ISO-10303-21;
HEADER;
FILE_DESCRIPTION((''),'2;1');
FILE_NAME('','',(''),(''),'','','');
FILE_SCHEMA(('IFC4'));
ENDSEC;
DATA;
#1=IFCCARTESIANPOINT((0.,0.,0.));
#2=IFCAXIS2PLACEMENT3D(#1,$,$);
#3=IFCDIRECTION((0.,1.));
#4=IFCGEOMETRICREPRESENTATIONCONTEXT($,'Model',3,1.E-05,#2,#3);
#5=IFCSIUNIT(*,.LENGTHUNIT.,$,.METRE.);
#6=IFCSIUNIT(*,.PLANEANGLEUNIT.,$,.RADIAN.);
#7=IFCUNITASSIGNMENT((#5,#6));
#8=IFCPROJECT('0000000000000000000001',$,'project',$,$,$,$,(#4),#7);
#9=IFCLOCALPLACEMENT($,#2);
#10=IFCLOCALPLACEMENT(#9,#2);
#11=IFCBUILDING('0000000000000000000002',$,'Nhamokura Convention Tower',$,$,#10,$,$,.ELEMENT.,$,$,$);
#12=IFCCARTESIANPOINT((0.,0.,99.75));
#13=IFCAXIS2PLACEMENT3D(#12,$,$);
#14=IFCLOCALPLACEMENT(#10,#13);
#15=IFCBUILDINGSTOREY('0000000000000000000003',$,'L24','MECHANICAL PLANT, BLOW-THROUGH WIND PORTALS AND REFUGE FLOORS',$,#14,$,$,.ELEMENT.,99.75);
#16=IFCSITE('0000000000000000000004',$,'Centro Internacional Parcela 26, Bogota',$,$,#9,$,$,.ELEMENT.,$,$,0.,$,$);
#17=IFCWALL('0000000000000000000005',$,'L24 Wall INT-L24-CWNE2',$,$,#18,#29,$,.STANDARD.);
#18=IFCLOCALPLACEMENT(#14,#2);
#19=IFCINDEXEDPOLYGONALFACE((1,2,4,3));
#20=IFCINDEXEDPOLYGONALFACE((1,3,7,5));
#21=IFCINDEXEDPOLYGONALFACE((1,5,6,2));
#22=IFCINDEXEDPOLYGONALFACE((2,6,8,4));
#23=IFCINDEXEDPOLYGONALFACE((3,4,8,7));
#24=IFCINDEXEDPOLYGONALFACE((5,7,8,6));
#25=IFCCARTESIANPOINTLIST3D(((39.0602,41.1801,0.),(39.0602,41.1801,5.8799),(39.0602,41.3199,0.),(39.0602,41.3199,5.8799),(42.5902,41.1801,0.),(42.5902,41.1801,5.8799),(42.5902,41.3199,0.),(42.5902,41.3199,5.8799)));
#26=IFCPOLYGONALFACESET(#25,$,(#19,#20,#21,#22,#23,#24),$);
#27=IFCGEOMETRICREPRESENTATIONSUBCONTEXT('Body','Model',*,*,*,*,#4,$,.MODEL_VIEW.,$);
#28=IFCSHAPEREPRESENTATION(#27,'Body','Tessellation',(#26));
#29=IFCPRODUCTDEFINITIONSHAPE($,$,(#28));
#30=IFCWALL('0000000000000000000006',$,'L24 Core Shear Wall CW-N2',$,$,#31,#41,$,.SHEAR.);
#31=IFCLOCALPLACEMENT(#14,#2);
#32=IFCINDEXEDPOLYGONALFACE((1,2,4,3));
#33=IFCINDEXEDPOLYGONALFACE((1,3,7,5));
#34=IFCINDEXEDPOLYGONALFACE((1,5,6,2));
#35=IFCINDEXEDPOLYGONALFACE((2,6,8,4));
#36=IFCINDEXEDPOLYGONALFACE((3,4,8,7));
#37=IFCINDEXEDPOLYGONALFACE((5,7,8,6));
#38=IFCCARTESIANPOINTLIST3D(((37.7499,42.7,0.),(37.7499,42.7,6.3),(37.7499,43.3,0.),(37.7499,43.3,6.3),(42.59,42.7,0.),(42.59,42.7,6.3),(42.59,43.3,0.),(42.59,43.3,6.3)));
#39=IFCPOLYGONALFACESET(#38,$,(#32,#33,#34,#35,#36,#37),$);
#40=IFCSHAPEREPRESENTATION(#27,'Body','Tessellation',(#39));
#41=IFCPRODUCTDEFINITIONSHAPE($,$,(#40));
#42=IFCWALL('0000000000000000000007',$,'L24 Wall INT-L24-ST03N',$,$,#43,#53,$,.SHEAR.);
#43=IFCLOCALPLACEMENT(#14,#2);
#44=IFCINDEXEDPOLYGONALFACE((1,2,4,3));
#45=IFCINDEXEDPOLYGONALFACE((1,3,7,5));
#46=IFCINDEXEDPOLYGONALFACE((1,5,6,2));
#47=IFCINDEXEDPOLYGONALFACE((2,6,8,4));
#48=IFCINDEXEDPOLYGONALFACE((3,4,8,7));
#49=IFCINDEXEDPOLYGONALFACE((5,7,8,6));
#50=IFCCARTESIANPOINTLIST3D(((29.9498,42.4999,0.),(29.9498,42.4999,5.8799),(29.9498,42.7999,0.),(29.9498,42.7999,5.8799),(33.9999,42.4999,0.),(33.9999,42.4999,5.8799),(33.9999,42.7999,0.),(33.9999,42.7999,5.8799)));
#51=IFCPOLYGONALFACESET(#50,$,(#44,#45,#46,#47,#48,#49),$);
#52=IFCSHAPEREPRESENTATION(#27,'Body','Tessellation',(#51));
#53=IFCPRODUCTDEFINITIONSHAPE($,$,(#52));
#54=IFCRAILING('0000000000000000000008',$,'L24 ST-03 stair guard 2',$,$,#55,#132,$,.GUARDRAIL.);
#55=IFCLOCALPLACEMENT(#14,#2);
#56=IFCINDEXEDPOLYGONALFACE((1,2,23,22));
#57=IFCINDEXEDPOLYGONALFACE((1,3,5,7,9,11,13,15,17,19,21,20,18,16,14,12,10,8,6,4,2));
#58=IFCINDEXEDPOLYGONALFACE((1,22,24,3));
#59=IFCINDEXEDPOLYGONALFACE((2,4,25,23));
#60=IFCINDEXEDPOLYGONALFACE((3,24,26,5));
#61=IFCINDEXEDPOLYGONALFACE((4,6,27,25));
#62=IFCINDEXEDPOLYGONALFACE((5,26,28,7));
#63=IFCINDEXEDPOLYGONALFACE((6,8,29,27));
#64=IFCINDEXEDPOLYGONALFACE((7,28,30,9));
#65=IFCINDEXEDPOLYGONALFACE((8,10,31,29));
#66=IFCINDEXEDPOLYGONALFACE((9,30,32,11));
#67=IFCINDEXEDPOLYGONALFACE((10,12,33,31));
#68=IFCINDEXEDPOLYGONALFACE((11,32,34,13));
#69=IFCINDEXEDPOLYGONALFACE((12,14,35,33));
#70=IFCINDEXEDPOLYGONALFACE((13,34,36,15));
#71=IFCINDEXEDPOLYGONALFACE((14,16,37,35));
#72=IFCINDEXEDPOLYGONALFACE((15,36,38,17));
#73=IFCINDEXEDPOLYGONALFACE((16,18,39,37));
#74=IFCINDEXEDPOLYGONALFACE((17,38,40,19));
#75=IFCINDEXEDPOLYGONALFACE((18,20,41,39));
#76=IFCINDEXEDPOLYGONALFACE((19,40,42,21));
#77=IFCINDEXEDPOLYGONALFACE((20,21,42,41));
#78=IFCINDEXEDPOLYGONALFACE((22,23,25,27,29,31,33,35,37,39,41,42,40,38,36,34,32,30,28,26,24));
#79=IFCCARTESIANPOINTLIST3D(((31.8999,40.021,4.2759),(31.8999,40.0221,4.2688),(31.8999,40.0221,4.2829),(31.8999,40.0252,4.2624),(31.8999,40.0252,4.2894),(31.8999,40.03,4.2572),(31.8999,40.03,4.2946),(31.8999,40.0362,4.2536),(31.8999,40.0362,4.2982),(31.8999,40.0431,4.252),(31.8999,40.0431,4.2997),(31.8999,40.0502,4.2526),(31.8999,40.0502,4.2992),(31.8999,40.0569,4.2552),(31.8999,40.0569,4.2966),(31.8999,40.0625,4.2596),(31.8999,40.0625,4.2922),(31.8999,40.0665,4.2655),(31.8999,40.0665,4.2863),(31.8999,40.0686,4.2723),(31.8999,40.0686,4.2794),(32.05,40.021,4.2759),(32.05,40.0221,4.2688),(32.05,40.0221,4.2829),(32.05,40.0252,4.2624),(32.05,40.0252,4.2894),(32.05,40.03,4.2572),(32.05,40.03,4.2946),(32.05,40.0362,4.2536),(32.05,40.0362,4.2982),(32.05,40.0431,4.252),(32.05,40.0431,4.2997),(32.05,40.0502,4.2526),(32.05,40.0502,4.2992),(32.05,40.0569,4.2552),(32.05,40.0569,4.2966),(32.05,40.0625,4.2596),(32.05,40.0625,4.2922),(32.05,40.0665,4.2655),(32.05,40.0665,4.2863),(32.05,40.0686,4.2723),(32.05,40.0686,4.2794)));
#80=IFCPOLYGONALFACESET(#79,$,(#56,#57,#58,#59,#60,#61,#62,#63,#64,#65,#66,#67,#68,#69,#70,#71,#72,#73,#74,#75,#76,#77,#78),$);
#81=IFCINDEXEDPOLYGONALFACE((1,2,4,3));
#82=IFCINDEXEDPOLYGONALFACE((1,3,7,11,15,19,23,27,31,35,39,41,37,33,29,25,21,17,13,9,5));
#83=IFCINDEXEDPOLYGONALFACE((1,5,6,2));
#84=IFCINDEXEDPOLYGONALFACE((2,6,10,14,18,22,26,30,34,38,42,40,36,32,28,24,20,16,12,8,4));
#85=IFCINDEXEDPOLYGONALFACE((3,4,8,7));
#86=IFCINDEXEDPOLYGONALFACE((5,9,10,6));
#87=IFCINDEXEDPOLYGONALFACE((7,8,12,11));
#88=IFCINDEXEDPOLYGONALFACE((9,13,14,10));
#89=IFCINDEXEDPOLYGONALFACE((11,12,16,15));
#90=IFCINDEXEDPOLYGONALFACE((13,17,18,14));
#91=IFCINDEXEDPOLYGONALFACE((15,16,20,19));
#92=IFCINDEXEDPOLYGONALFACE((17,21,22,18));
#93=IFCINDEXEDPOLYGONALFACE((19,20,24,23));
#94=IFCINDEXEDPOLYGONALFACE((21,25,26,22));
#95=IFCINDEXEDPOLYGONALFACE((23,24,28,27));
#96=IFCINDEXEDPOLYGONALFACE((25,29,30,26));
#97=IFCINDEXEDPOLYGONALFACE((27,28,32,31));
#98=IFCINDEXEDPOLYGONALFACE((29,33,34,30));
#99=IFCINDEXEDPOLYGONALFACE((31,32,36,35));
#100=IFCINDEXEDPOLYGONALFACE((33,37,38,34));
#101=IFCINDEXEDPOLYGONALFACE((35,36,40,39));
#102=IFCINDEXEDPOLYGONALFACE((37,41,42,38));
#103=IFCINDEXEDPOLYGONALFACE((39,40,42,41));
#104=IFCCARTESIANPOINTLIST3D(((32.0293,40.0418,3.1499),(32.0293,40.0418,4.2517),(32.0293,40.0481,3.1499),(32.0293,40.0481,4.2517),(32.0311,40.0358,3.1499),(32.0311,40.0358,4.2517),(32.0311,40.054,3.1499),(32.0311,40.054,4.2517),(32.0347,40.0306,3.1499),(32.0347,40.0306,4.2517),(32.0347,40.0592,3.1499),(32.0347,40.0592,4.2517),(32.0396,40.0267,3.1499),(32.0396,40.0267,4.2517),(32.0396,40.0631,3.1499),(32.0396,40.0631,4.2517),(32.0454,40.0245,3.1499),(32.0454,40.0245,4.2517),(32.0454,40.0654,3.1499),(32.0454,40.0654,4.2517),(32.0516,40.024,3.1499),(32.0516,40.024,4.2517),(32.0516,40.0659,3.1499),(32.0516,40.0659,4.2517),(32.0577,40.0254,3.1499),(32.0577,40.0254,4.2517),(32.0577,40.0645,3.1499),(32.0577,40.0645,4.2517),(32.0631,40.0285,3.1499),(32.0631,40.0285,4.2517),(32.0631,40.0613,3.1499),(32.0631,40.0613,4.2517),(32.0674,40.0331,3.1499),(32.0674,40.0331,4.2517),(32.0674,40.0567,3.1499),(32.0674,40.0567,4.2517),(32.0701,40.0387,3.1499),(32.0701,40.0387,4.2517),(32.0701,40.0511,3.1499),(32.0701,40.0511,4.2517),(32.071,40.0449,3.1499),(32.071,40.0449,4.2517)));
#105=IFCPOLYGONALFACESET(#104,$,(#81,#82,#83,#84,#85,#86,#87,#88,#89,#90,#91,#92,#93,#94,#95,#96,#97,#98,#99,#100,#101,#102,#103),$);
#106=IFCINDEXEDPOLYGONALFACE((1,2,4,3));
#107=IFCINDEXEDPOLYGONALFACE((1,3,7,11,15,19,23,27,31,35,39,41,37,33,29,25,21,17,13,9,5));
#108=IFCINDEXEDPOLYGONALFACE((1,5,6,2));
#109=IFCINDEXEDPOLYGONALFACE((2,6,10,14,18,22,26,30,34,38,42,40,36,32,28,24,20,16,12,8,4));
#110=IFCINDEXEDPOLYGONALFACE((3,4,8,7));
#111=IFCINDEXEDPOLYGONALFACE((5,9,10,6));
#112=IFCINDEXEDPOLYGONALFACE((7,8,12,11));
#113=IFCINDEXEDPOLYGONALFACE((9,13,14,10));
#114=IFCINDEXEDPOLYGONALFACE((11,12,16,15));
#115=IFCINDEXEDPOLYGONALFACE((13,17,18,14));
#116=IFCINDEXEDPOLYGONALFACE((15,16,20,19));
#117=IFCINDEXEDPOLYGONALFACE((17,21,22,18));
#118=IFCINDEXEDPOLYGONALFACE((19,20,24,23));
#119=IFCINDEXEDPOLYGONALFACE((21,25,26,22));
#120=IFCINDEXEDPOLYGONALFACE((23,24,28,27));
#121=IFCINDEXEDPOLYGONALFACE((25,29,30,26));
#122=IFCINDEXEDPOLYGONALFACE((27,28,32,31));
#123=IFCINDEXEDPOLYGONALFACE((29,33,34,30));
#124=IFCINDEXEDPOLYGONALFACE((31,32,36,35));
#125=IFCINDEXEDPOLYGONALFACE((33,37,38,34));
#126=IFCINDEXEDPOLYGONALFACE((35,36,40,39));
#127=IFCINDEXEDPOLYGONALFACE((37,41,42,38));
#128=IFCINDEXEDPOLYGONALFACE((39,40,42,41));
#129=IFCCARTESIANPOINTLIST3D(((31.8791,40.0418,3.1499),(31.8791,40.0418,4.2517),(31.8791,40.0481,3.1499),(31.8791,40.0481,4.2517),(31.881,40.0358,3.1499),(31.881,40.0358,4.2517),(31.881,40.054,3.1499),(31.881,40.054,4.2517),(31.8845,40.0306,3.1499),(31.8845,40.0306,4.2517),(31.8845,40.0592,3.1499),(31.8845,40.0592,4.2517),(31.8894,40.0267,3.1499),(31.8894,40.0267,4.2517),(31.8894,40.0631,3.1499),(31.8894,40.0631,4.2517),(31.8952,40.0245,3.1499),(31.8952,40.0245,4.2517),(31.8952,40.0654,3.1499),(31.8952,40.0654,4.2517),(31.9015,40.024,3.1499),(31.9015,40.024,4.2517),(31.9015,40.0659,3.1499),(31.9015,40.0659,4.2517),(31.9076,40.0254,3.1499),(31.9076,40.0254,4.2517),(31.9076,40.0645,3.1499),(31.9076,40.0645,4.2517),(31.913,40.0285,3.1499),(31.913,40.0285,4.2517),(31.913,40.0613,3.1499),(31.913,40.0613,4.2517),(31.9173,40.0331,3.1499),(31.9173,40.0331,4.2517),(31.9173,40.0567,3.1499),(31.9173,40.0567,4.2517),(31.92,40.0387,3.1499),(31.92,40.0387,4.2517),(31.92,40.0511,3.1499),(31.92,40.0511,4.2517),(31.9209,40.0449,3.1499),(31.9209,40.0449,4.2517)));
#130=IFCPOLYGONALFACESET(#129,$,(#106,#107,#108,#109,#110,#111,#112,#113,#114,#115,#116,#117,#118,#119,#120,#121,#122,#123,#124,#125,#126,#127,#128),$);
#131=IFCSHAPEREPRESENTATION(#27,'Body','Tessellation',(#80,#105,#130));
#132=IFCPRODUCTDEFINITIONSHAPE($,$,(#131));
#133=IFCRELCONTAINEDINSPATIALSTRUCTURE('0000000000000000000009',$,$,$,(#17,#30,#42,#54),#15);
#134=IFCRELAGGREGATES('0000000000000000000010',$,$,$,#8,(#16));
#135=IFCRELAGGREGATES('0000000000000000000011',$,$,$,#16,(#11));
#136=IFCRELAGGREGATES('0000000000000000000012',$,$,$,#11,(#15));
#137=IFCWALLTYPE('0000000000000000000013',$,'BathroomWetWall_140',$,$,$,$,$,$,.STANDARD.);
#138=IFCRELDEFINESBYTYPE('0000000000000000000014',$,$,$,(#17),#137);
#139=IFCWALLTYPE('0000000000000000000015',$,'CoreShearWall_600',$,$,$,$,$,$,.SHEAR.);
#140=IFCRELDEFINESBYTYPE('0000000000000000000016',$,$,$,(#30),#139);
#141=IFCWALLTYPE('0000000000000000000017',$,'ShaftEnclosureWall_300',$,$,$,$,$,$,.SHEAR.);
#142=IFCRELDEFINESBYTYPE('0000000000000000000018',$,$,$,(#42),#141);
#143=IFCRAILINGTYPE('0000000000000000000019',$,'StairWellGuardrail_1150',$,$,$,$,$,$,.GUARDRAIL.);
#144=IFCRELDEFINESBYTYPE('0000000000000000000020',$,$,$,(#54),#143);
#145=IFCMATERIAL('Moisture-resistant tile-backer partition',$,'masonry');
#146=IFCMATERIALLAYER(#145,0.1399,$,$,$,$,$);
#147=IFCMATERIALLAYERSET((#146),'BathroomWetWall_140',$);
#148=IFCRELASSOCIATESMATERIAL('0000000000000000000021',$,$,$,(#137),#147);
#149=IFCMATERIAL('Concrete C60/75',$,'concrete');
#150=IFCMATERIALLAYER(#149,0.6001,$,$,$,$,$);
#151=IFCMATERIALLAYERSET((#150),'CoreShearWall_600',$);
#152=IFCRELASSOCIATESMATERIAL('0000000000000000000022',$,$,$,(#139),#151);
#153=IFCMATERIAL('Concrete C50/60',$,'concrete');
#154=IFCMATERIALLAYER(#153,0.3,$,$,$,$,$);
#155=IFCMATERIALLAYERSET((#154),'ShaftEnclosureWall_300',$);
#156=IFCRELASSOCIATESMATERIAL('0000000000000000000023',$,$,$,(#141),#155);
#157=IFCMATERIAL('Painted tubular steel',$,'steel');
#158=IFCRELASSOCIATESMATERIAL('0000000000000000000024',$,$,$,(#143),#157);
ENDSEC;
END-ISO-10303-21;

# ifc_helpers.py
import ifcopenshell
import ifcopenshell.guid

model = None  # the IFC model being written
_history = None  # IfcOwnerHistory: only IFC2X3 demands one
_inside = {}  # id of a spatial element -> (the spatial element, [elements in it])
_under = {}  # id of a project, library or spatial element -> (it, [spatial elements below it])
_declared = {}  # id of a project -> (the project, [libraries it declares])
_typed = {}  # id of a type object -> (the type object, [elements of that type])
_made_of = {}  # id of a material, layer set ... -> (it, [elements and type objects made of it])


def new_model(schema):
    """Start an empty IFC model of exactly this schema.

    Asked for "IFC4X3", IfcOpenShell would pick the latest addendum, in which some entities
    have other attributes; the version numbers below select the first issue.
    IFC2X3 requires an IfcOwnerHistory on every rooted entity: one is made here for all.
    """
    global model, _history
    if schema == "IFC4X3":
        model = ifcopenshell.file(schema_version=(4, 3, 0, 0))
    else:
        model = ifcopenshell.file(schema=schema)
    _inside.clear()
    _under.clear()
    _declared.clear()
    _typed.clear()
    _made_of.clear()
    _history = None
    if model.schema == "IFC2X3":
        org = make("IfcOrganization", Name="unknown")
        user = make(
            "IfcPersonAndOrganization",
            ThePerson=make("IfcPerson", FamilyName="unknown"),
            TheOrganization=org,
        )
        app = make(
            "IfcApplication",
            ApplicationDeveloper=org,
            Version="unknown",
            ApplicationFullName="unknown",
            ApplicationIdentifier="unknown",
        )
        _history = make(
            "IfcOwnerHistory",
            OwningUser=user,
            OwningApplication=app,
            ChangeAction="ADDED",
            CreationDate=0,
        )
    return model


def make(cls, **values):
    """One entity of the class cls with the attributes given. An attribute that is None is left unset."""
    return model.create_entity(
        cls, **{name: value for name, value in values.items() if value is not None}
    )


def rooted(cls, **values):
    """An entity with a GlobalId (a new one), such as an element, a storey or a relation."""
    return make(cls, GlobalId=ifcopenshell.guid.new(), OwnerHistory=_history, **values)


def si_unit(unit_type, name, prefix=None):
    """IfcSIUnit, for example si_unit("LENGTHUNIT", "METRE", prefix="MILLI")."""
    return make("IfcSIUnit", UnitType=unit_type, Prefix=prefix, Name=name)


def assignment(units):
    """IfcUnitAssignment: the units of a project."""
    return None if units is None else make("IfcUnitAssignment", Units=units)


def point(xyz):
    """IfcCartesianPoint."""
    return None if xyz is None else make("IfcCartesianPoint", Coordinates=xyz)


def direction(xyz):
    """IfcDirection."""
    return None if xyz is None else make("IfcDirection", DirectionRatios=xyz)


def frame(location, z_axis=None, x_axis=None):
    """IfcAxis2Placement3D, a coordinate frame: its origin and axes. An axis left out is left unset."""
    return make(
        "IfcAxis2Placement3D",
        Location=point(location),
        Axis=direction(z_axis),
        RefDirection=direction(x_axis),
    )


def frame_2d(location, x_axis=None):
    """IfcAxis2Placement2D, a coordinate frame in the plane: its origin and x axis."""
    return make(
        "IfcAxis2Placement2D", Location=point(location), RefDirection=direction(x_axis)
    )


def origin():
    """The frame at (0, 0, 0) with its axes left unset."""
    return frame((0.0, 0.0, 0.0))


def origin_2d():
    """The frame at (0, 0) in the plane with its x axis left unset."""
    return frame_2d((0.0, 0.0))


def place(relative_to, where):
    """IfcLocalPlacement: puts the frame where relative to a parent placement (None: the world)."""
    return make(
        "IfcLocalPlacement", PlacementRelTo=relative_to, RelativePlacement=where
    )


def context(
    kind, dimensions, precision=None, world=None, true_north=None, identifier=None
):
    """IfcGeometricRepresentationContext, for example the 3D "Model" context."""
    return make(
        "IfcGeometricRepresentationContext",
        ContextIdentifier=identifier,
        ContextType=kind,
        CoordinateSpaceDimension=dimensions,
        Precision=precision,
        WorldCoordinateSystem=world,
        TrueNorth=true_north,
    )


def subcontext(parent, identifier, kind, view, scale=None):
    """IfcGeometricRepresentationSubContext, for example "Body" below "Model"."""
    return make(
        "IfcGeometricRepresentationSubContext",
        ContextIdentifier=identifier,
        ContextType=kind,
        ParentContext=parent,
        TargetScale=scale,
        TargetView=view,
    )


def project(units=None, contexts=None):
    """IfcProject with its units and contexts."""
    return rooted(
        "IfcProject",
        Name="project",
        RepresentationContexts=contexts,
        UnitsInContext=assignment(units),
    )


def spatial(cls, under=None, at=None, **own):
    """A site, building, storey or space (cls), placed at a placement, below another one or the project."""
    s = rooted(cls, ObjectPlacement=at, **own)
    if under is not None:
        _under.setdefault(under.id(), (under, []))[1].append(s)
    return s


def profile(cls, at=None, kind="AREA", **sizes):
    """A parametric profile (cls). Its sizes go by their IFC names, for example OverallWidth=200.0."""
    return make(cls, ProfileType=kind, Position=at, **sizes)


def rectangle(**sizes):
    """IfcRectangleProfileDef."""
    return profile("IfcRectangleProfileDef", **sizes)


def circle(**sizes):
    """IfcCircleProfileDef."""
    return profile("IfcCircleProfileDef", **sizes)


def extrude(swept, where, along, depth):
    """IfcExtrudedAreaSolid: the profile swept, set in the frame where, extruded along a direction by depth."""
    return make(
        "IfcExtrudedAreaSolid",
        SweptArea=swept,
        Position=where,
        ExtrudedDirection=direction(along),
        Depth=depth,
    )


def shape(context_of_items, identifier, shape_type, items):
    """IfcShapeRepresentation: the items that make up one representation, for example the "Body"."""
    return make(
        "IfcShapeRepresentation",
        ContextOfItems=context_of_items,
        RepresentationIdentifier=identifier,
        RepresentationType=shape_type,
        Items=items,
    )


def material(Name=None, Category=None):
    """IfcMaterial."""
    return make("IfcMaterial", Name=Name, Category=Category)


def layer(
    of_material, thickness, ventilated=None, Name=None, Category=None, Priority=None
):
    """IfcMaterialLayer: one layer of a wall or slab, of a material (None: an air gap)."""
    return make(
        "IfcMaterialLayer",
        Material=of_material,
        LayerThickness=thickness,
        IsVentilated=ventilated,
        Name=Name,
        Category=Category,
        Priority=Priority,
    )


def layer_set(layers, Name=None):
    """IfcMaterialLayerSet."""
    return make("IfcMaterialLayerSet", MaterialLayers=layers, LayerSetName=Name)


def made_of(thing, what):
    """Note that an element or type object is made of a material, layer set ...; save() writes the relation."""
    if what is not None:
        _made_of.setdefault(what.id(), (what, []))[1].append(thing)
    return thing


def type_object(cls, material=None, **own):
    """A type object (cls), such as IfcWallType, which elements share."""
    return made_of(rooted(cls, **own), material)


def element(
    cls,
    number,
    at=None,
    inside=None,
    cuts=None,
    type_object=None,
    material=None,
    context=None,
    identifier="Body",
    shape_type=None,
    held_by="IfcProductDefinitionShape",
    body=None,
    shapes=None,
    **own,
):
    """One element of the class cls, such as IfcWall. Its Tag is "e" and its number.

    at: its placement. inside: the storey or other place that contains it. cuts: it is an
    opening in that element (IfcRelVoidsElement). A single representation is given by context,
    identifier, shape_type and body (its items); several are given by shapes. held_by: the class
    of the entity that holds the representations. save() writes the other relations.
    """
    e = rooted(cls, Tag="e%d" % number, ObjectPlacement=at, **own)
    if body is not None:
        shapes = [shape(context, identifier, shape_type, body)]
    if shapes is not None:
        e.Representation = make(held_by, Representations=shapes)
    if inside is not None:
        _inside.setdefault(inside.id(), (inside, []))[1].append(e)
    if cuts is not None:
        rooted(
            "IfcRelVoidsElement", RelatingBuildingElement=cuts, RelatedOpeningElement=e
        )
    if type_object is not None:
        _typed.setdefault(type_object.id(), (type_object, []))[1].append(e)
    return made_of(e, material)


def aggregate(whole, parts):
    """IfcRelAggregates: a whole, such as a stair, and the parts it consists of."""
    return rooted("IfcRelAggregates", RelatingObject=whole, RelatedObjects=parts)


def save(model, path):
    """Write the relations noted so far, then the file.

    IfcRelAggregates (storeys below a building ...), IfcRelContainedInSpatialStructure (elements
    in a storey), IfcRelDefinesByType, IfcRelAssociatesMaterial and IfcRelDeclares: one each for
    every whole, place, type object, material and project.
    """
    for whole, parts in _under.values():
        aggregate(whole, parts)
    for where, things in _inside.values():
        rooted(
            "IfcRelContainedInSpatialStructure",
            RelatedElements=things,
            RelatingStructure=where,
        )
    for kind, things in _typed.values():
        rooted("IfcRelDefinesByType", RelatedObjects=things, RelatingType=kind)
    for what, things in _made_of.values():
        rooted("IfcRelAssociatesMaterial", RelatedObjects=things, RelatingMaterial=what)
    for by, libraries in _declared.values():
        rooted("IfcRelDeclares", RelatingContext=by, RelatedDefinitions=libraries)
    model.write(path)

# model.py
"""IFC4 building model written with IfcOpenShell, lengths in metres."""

from ifc_helpers import new_model, si_unit, direction, frame, frame_2d, origin, origin_2d, place, context, subcontext, project, spatial, rectangle, circle, extrude, material, layer, layer_set, type_object, element, save


model = new_model("IFC4")

# Units and contexts
model_context = context("Model", 3, precision=1e-05, world=origin(), true_north=direction((0.0, 1.0)))
body_context = subcontext(model_context, "Body", "Model", "MODEL_VIEW")
ifc_project = project(units=[si_unit("LENGTHUNIT", "METRE"), si_unit("PLANEANGLEUNIT", "RADIAN")], contexts=[model_context])

# Site, building, storey
site_placement = place(None, origin())
site = spatial("IfcSite", under=ifc_project, at=site_placement, Name="Centro Internacional Parcela 26, Bogota", CompositionType="ELEMENT", RefElevation=0.0)
building_placement = place(site_placement, origin())
building = spatial("IfcBuilding", under=site, at=building_placement, Name="Nhamokura Convention Tower", CompositionType="ELEMENT")
storey_placement = place(building_placement, frame((0.0, 0.0, 99.75)))
storey = spatial("IfcBuildingStorey", under=building, at=storey_placement, Name="L24", Description="MECHANICAL PLANT, BLOW-THROUGH WIND PORTALS AND REFUGE FLOORS", CompositionType="ELEMENT", Elevation=99.75)

# Walls
ifc_material_1 = material(Name="Moisture-resistant tile-backer partition", Category="masonry")
ifc_layer_1 = layer(ifc_material_1, 0.1399)
ifc_layer_set_1 = layer_set([ifc_layer_1], Name="BathroomWetWall_140")
wall_type_1 = type_object("IfcWallType", Name="BathroomWetWall_140", PredefinedType="STANDARD", material=ifc_layer_set_1)
wall_1_placement = place(storey_placement, frame((39.0601, 41.25, 0.0), z_axis=(0.0, 0.0, 1.0), x_axis=(1.0, 0.0, 0.0)))
element("IfcWall", 1, at=wall_1_placement, inside=storey, type_object=wall_type_1, Name="L24 Wall INT-L24-CWNE2", PredefinedType="STANDARD", context=body_context, shape_type="SweptSolid", body=[
    extrude(rectangle(XDim=3.53, YDim=0.1399, at=frame_2d((1.7651, 0.0))), origin(), (0.0, 0.0, 1.0), 5.8799),
])
ifc_material_2 = material(Name="Concrete C60/75", Category="concrete")
ifc_layer_2 = layer(ifc_material_2, 0.6001)
ifc_layer_set_2 = layer_set([ifc_layer_2], Name="CoreShearWall_600")
wall_type_2 = type_object("IfcWallType", Name="CoreShearWall_600", PredefinedType="SHEAR", material=ifc_layer_set_2)
wall_2_placement = place(storey_placement, frame((37.75, 43.0, 0.0), z_axis=(0.0, 0.0, 1.0), x_axis=(1.0, 0.0, 0.0)))
element("IfcWall", 2, at=wall_2_placement, inside=storey, type_object=wall_type_2, Name="L24 Core Shear Wall CW-N2", PredefinedType="SHEAR", context=body_context, shape_type="SweptSolid", body=[
    extrude(rectangle(XDim=4.8401, YDim=0.6001, at=frame_2d((2.4199, 0.0))), origin(), (0.0, 0.0, 1.0), 6.3),
])
ifc_material_3 = material(Name="Concrete C50/60", Category="concrete")
ifc_layer_3 = layer(ifc_material_3, 0.3)
ifc_layer_set_3 = layer_set([ifc_layer_3], Name="ShaftEnclosureWall_300")
wall_type_3 = type_object("IfcWallType", Name="ShaftEnclosureWall_300", PredefinedType="SHEAR", material=ifc_layer_set_3)
wall_3_placement = place(storey_placement, frame((29.95, 42.6499, 0.0), z_axis=(0.0, 0.0, 1.0), x_axis=(1.0, 0.0, 0.0)))
element("IfcWall", 3, at=wall_3_placement, inside=storey, type_object=wall_type_3, Name="L24 Wall INT-L24-ST03N", PredefinedType="SHEAR", context=body_context, shape_type="SweptSolid", body=[
    extrude(rectangle(XDim=4.05, YDim=0.3, at=frame_2d((2.0249, 0.0))), origin(), (0.0, 0.0, 1.0), 5.8799),
])

# Railing
ifc_material_4 = material(Name="Painted tubular steel", Category="steel")
railing_type = type_object("IfcRailingType", Name="StairWellGuardrail_1150", PredefinedType="GUARDRAIL", material=ifc_material_4)
railing_placement = place(storey_placement, frame((32.05, 40.0449, 3.1499)))
element("IfcRailing", 4, at=railing_placement, inside=storey, type_object=railing_type, Name="L24 ST-03 stair guard 2", PredefinedType="GUARDRAIL", context=body_context, shape_type="SweptSolid", body=[
    extrude(circle(Radius=0.0239, at=origin_2d()), frame((0.0, 0.0, 1.126), z_axis=(-1.0, 0.0, 0.0), x_axis=(0.0, -1.0, 0.0)), (0.0, 0.0, 1.0), 0.1501),
    extrude(circle(Radius=0.021, at=origin_2d()), origin(), (0.0, 0.0, 1.0), 1.1018),
    extrude(circle(Radius=0.021, at=origin_2d()), frame((-0.1501, 0.0, 0.0)), (0.0, 0.0, 1.0), 1.1018),
])

save(model, "model.ifc")
